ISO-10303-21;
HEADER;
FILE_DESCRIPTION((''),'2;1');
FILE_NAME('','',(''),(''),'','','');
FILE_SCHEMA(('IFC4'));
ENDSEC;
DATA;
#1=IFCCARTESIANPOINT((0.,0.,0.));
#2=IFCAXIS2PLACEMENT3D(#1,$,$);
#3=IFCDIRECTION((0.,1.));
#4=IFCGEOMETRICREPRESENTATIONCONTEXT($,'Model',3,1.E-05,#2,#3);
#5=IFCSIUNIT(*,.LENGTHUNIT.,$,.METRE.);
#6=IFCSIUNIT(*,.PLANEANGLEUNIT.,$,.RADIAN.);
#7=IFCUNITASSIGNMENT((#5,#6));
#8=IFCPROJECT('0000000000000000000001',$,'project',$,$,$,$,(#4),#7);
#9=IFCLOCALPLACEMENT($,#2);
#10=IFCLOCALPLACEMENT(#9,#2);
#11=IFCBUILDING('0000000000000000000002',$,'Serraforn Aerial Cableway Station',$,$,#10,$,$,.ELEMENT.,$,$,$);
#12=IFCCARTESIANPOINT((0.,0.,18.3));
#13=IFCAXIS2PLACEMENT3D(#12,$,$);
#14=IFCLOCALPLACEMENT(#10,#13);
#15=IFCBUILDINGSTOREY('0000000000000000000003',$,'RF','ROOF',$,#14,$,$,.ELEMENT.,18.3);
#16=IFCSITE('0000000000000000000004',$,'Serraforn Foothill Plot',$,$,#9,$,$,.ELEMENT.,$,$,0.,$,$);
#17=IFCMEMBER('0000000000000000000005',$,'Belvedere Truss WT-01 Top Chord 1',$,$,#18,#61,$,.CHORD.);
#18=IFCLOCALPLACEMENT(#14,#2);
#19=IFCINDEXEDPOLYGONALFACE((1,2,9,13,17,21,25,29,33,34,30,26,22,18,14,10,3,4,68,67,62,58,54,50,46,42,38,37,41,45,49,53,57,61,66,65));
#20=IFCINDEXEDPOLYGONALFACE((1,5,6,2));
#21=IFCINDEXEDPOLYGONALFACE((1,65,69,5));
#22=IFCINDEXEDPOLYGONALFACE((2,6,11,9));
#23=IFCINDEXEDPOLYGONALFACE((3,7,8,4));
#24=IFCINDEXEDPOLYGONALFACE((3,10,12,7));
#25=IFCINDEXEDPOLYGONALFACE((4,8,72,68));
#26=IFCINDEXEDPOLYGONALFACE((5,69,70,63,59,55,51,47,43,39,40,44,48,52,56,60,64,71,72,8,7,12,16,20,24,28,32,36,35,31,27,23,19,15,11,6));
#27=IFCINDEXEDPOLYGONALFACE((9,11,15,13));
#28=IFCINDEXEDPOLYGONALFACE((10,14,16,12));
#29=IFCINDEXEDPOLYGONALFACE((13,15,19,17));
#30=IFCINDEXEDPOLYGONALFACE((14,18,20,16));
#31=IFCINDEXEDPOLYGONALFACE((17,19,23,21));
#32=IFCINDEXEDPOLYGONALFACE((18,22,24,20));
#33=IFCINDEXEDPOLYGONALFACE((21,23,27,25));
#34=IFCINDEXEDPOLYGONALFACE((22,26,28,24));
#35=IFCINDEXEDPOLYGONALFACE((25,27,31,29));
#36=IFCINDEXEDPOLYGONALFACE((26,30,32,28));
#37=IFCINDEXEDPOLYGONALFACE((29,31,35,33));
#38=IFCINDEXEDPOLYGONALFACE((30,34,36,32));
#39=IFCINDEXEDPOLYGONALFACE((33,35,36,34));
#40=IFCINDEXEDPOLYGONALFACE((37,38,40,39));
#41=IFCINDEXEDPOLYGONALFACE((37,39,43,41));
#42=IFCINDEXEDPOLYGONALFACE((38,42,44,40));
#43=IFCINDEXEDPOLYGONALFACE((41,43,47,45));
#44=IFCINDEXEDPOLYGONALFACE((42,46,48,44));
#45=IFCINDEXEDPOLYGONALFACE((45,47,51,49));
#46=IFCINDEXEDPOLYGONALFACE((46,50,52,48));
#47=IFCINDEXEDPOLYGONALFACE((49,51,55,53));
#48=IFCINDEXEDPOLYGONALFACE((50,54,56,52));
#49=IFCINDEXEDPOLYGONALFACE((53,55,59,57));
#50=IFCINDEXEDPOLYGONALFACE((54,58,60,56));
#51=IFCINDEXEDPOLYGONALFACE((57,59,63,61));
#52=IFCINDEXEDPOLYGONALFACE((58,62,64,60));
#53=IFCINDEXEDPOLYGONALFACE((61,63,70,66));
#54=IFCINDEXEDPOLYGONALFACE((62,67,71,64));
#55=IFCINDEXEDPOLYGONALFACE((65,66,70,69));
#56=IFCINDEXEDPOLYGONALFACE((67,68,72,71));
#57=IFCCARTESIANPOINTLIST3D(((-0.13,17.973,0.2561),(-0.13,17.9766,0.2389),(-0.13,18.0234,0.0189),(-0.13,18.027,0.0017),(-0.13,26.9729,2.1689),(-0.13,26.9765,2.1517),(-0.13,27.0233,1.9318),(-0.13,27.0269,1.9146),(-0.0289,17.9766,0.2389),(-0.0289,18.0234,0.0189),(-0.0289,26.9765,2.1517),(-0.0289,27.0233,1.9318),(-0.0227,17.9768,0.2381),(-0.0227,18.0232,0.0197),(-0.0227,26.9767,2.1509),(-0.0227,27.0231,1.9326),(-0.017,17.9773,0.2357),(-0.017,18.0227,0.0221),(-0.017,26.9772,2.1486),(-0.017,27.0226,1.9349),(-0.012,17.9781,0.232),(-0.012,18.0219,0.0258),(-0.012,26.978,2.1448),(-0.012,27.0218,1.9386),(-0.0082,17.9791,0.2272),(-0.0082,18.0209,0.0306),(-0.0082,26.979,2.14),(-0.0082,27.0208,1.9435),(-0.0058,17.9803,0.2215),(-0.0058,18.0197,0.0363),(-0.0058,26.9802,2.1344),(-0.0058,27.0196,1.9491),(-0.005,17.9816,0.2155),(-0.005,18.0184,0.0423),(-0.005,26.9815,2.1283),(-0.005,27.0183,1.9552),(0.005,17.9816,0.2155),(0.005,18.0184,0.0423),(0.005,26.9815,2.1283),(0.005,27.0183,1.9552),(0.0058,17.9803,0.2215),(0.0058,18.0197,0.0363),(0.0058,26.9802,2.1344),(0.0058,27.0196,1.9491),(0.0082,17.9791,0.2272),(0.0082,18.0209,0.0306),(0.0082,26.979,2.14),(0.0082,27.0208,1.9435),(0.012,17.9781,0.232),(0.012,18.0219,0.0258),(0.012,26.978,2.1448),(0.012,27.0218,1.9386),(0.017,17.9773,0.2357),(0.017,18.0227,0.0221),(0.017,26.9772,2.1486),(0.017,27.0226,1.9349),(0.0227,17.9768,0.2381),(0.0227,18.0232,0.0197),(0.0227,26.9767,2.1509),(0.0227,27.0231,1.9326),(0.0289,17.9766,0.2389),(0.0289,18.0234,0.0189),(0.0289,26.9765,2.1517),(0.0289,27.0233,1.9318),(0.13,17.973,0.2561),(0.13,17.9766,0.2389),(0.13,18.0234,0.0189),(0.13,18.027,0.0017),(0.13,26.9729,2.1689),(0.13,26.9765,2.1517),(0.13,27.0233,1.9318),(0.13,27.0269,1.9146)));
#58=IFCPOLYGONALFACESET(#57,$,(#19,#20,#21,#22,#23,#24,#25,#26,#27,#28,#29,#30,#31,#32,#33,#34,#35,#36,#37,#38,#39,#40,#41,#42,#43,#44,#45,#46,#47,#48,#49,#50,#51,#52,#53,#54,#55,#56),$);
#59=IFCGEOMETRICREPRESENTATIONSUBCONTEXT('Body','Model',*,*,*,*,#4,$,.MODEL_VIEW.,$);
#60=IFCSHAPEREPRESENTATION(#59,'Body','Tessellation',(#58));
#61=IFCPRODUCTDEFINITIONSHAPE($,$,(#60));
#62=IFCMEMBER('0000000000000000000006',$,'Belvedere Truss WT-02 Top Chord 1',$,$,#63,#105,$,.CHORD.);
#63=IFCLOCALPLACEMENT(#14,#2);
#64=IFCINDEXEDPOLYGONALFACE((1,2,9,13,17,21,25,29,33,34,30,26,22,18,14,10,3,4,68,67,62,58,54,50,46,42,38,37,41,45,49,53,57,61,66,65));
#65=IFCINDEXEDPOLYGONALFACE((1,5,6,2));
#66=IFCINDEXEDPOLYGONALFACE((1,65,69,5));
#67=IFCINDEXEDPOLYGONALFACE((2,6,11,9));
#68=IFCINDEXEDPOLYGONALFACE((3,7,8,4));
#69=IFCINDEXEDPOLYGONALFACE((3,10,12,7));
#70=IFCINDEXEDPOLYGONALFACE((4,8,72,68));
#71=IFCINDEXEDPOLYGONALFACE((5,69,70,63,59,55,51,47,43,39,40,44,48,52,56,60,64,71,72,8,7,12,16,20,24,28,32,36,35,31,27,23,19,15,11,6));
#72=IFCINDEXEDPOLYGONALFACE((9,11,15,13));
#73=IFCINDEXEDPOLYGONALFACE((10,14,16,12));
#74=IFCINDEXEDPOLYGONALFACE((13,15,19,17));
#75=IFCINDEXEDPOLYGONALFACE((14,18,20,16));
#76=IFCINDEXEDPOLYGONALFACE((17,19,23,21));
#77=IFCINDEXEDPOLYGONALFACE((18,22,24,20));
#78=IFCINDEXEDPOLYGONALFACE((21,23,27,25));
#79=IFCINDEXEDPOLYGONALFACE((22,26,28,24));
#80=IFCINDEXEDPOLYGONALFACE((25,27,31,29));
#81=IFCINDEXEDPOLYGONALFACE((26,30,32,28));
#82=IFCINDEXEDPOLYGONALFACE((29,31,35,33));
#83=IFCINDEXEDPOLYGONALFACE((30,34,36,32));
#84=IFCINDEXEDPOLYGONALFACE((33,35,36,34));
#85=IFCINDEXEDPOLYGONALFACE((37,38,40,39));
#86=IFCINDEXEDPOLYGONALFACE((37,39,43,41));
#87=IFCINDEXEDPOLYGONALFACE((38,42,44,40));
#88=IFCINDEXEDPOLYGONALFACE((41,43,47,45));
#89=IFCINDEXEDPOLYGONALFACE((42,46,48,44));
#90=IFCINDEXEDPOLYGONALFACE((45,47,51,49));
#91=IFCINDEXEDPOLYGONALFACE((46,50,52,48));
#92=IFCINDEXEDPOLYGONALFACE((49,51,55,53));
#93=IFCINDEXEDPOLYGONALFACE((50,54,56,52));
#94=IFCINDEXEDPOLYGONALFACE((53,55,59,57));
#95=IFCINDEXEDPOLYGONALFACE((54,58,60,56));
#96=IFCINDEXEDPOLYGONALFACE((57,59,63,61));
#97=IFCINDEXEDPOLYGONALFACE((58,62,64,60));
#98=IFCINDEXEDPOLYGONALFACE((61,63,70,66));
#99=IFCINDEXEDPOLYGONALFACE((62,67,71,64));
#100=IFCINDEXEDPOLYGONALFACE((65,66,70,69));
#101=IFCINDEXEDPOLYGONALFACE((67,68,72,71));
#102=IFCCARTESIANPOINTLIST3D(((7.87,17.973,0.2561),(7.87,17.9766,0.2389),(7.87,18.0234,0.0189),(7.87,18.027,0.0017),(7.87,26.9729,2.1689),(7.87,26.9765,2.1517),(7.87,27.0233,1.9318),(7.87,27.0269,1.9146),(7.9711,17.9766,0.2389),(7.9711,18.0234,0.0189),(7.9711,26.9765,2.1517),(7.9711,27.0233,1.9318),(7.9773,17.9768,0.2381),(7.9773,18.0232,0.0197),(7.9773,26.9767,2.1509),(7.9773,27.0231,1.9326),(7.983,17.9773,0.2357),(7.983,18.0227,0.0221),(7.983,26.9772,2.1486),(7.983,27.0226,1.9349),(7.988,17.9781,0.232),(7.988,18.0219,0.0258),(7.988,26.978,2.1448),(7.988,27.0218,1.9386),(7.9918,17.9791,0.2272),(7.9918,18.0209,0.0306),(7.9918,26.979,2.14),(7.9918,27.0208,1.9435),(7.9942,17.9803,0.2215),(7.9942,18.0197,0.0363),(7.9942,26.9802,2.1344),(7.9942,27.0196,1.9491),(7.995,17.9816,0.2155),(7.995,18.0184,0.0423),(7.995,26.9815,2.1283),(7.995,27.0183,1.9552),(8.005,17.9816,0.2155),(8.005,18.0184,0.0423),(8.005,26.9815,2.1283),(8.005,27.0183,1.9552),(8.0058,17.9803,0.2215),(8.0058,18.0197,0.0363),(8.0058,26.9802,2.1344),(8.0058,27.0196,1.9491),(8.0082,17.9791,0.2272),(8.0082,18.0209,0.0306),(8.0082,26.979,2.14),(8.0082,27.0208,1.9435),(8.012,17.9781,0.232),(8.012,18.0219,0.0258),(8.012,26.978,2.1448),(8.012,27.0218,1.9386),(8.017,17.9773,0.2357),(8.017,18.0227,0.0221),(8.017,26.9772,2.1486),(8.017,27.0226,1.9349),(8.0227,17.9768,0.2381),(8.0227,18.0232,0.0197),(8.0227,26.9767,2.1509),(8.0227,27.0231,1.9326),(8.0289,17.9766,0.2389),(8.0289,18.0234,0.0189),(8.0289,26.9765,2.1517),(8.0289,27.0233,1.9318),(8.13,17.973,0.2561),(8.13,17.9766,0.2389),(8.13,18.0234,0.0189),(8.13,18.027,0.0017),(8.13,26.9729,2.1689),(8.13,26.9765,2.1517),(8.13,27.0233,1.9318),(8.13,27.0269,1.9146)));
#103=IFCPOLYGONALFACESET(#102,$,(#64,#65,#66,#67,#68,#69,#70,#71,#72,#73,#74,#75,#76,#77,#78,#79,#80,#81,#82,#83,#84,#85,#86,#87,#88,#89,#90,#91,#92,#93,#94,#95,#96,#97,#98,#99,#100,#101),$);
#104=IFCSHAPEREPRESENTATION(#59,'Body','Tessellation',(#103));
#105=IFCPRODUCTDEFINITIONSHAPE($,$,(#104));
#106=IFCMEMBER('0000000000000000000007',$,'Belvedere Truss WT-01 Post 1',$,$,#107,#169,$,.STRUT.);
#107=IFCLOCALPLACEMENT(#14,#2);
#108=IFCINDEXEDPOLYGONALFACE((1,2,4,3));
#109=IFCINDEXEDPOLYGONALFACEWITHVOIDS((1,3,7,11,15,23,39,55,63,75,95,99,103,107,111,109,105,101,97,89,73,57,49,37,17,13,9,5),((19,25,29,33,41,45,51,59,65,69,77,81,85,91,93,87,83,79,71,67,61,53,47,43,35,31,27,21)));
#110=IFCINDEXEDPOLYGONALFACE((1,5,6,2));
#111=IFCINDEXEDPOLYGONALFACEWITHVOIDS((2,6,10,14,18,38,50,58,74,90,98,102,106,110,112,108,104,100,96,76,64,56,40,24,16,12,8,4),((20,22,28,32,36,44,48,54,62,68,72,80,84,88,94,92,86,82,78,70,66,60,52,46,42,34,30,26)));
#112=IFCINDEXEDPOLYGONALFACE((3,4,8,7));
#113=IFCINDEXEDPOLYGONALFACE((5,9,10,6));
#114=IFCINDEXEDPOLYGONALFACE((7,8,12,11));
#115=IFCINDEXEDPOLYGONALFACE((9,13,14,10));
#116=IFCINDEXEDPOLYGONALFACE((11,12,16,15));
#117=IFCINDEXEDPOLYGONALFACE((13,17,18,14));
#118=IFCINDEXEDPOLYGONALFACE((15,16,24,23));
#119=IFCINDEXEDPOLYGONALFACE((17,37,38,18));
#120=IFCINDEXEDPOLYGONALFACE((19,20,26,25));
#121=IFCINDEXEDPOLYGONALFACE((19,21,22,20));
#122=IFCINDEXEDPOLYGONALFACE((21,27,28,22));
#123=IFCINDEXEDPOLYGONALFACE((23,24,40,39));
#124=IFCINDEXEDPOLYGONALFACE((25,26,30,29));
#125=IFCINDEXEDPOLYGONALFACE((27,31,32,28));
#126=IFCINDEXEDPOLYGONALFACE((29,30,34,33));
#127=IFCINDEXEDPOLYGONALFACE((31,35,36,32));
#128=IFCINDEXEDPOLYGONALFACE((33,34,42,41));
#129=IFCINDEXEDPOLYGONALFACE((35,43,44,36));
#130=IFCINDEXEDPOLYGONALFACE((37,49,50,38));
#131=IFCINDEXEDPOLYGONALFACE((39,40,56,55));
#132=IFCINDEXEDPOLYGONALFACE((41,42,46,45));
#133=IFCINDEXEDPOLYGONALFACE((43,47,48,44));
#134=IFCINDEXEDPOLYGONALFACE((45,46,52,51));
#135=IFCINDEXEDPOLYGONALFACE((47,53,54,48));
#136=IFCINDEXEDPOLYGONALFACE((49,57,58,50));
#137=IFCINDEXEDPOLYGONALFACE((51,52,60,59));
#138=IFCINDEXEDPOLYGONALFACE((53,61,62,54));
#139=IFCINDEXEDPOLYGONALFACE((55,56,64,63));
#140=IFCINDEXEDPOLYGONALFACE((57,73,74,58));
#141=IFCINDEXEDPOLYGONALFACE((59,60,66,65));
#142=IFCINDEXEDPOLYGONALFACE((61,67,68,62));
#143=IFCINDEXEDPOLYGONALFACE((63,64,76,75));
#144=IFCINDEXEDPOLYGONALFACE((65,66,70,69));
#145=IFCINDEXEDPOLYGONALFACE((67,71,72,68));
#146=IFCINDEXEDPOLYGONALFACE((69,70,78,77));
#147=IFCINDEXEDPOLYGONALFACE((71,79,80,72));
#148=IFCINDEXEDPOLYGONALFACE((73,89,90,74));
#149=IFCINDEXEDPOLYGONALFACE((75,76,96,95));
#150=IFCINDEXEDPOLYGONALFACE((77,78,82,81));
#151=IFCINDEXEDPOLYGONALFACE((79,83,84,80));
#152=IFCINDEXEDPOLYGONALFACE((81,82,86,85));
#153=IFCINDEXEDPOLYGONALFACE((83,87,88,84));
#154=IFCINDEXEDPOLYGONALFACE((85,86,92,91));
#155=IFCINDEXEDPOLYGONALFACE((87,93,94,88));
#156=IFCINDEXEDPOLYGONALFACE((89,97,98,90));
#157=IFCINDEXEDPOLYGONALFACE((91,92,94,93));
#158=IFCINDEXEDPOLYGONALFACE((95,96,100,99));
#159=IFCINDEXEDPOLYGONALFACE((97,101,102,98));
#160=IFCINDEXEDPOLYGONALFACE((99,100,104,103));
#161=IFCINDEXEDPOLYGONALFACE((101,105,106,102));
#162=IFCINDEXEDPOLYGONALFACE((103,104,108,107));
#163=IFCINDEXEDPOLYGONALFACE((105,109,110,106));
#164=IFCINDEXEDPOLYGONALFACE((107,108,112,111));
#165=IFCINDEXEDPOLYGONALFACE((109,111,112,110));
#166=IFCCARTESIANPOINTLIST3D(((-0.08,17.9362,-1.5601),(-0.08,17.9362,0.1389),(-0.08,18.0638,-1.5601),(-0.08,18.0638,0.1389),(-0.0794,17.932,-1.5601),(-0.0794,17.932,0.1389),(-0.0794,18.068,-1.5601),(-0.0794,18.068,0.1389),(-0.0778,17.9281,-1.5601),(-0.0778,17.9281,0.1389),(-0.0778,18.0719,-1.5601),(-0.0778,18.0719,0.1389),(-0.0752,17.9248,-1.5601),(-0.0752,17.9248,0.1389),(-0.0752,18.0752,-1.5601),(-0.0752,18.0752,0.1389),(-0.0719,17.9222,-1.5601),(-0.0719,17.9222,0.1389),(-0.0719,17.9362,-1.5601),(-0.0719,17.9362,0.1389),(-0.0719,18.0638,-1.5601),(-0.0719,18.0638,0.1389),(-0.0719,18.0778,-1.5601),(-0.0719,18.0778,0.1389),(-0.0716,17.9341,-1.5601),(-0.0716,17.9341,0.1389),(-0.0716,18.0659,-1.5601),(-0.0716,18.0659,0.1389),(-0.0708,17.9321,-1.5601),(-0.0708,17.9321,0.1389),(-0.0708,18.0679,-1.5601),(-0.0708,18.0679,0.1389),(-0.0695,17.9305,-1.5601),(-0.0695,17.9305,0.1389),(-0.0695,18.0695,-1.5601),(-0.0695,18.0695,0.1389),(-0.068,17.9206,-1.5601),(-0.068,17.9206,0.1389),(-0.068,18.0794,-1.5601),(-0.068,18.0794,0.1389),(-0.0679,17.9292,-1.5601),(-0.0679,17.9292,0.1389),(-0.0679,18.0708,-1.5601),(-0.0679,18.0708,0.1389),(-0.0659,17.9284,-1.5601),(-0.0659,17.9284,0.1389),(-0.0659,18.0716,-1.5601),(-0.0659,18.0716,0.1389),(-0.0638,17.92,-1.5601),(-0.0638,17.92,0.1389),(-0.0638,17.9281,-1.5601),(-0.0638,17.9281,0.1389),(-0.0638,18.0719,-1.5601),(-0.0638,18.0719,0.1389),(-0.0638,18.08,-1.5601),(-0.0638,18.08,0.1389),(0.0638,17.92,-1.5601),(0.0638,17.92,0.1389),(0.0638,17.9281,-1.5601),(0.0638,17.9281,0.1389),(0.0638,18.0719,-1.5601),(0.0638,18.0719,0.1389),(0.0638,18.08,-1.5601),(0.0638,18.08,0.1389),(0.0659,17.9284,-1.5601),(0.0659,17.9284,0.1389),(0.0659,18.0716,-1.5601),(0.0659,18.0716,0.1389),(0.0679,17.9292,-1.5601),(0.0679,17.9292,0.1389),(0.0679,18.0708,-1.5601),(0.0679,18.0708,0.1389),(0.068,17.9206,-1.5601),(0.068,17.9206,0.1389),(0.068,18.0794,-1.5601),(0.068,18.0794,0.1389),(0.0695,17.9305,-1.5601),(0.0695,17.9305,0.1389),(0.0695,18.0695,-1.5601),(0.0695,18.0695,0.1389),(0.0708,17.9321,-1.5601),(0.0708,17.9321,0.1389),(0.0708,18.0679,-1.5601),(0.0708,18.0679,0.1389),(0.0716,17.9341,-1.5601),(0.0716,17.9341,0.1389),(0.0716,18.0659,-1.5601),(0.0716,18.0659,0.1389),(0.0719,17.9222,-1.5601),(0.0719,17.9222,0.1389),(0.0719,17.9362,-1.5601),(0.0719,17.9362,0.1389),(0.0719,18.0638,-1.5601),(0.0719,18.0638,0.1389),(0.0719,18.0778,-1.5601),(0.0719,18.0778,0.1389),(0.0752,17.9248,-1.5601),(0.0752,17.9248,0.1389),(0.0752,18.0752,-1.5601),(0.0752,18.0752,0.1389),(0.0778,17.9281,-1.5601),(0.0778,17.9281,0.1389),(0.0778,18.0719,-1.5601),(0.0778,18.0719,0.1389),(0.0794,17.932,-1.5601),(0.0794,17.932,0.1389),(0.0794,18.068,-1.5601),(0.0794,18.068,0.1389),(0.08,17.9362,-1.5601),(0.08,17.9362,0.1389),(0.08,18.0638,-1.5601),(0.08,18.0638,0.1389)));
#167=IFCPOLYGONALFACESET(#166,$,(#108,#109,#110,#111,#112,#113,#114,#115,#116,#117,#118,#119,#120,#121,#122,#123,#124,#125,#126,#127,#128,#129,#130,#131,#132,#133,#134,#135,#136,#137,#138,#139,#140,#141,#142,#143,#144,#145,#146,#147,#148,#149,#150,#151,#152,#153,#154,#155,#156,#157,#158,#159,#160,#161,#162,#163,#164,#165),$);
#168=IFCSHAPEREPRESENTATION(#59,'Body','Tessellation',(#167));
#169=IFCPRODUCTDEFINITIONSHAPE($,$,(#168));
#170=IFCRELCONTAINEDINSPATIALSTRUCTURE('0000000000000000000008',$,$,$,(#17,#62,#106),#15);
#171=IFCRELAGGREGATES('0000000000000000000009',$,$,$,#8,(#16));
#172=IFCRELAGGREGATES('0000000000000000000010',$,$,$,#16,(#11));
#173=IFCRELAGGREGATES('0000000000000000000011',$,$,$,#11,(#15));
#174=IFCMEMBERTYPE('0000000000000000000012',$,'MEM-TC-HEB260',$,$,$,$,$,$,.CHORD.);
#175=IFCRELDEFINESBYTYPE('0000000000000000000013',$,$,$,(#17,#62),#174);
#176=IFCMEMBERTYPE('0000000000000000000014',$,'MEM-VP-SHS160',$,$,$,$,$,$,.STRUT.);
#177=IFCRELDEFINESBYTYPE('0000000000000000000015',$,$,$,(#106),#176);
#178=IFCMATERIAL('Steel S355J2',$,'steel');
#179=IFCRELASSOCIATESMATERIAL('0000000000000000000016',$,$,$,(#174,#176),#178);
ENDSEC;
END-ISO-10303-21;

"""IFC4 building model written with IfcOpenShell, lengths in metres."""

from ifc_helpers import new_model, si_unit, direction, frame, origin, origin_2d, place, context, subcontext, project, spatial, hollow_rectangle, i_section, extrude, material, material_profile, profile_set, type_object, element, save


model = new_model("IFC4")

# Units and contexts
model_context = context("Model", 3, precision=1e-05, world=origin(), true_north=direction((0.0, 1.0)))
body_context = subcontext(model_context, "Body", "Model", "MODEL_VIEW")
ifc_project = project(units=[si_unit("LENGTHUNIT", "METRE"), si_unit("PLANEANGLEUNIT", "RADIAN")], contexts=[model_context])

# Site, building, storey
site_placement = place(None, origin())
site = spatial("IfcSite", under=ifc_project, at=site_placement, Name="Serraforn Foothill Plot", CompositionType="ELEMENT", RefElevation=0.0)
building_placement = place(site_placement, origin())
building = spatial("IfcBuilding", under=site, at=building_placement, Name="Serraforn Aerial Cableway Station", CompositionType="ELEMENT")
storey_placement = place(building_placement, frame((0.0, 0.0, 18.3)))
storey = spatial("IfcBuildingStorey", under=building, at=storey_placement, Name="RF", Description="ROOF", CompositionType="ELEMENT", Elevation=18.3)

# Members
ifc_material_1 = material(Name="Steel S355J2", Category="steel")
ifc_material_profile_1 = material_profile(ifc_material_1, i_section(OverallWidth=0.26, OverallDepth=0.26, WebThickness=0.01, FlangeThickness=0.0176, FilletRadius=0.0239, at=origin_2d()), Name="HEB 260")
ifc_profile_set_1 = profile_set([ifc_material_profile_1], Name="Steel S355J2")
member_type_1 = type_object("IfcMemberType", Name="MEM-TC-HEB260", PredefinedType="CHORD", material=ifc_profile_set_1)
for number, where, z_axis, x_axis, name in (
    (1, (0.0, 18.0, 0.1289), (0.0, 0.978151, 0.207894), (-1.0, 0.0, 0.0), "Belvedere Truss WT-01 Top Chord 1"),
    (2, (8.0, 18.0, 0.1289), (0.0, 0.978151, 0.207894), (-1.0, 0.0, 0.0), "Belvedere Truss WT-02 Top Chord 1"),
):
    element("IfcMember", number, at=place(storey_placement, frame(where, z_axis=z_axis, x_axis=x_axis)), inside=storey, type_object=member_type_1, Name=name, PredefinedType="CHORD", context=body_context, shape_type="SweptSolid", body=[
        extrude(i_section(OverallWidth=0.26, OverallDepth=0.26, WebThickness=0.01, FlangeThickness=0.0176, FilletRadius=0.0239, at=origin_2d()), origin(), (0.0, 0.0, 1.0), 9.2009),
    ])
ifc_material_profile_2 = material_profile(ifc_material_1, hollow_rectangle(XDim=0.1599, YDim=0.1599, WallThickness=0.0081, InnerFilletRadius=0.0081, OuterFilletRadius=0.0161, at=origin_2d()), Name="SHS 160x160x8.0")
ifc_profile_set_2 = profile_set([ifc_material_profile_2], Name="Steel S355J2")
member_type_2 = type_object("IfcMemberType", Name="MEM-VP-SHS160", PredefinedType="STRUT", material=ifc_profile_set_2)
for number, where, z_axis, x_axis, name in (
    (3, (0.0, 18.0, -1.5601), (0.0, 0.0, 1.0), (1.0, 0.0, 0.0), "Belvedere Truss WT-01 Post 1"),
):
    element("IfcMember", number, at=place(storey_placement, frame(where, z_axis=z_axis, x_axis=x_axis)), inside=storey, type_object=member_type_2, Name=name, PredefinedType="STRUT", context=body_context, shape_type="SweptSolid", body=[
        extrude(hollow_rectangle(XDim=0.1599, YDim=0.1599, WallThickness=0.0081, InnerFilletRadius=0.0081, OuterFilletRadius=0.0161, at=origin_2d()), origin(), (0.0, 0.0, 1.0), 1.699),
    ])

save(model, "model.ifc")
